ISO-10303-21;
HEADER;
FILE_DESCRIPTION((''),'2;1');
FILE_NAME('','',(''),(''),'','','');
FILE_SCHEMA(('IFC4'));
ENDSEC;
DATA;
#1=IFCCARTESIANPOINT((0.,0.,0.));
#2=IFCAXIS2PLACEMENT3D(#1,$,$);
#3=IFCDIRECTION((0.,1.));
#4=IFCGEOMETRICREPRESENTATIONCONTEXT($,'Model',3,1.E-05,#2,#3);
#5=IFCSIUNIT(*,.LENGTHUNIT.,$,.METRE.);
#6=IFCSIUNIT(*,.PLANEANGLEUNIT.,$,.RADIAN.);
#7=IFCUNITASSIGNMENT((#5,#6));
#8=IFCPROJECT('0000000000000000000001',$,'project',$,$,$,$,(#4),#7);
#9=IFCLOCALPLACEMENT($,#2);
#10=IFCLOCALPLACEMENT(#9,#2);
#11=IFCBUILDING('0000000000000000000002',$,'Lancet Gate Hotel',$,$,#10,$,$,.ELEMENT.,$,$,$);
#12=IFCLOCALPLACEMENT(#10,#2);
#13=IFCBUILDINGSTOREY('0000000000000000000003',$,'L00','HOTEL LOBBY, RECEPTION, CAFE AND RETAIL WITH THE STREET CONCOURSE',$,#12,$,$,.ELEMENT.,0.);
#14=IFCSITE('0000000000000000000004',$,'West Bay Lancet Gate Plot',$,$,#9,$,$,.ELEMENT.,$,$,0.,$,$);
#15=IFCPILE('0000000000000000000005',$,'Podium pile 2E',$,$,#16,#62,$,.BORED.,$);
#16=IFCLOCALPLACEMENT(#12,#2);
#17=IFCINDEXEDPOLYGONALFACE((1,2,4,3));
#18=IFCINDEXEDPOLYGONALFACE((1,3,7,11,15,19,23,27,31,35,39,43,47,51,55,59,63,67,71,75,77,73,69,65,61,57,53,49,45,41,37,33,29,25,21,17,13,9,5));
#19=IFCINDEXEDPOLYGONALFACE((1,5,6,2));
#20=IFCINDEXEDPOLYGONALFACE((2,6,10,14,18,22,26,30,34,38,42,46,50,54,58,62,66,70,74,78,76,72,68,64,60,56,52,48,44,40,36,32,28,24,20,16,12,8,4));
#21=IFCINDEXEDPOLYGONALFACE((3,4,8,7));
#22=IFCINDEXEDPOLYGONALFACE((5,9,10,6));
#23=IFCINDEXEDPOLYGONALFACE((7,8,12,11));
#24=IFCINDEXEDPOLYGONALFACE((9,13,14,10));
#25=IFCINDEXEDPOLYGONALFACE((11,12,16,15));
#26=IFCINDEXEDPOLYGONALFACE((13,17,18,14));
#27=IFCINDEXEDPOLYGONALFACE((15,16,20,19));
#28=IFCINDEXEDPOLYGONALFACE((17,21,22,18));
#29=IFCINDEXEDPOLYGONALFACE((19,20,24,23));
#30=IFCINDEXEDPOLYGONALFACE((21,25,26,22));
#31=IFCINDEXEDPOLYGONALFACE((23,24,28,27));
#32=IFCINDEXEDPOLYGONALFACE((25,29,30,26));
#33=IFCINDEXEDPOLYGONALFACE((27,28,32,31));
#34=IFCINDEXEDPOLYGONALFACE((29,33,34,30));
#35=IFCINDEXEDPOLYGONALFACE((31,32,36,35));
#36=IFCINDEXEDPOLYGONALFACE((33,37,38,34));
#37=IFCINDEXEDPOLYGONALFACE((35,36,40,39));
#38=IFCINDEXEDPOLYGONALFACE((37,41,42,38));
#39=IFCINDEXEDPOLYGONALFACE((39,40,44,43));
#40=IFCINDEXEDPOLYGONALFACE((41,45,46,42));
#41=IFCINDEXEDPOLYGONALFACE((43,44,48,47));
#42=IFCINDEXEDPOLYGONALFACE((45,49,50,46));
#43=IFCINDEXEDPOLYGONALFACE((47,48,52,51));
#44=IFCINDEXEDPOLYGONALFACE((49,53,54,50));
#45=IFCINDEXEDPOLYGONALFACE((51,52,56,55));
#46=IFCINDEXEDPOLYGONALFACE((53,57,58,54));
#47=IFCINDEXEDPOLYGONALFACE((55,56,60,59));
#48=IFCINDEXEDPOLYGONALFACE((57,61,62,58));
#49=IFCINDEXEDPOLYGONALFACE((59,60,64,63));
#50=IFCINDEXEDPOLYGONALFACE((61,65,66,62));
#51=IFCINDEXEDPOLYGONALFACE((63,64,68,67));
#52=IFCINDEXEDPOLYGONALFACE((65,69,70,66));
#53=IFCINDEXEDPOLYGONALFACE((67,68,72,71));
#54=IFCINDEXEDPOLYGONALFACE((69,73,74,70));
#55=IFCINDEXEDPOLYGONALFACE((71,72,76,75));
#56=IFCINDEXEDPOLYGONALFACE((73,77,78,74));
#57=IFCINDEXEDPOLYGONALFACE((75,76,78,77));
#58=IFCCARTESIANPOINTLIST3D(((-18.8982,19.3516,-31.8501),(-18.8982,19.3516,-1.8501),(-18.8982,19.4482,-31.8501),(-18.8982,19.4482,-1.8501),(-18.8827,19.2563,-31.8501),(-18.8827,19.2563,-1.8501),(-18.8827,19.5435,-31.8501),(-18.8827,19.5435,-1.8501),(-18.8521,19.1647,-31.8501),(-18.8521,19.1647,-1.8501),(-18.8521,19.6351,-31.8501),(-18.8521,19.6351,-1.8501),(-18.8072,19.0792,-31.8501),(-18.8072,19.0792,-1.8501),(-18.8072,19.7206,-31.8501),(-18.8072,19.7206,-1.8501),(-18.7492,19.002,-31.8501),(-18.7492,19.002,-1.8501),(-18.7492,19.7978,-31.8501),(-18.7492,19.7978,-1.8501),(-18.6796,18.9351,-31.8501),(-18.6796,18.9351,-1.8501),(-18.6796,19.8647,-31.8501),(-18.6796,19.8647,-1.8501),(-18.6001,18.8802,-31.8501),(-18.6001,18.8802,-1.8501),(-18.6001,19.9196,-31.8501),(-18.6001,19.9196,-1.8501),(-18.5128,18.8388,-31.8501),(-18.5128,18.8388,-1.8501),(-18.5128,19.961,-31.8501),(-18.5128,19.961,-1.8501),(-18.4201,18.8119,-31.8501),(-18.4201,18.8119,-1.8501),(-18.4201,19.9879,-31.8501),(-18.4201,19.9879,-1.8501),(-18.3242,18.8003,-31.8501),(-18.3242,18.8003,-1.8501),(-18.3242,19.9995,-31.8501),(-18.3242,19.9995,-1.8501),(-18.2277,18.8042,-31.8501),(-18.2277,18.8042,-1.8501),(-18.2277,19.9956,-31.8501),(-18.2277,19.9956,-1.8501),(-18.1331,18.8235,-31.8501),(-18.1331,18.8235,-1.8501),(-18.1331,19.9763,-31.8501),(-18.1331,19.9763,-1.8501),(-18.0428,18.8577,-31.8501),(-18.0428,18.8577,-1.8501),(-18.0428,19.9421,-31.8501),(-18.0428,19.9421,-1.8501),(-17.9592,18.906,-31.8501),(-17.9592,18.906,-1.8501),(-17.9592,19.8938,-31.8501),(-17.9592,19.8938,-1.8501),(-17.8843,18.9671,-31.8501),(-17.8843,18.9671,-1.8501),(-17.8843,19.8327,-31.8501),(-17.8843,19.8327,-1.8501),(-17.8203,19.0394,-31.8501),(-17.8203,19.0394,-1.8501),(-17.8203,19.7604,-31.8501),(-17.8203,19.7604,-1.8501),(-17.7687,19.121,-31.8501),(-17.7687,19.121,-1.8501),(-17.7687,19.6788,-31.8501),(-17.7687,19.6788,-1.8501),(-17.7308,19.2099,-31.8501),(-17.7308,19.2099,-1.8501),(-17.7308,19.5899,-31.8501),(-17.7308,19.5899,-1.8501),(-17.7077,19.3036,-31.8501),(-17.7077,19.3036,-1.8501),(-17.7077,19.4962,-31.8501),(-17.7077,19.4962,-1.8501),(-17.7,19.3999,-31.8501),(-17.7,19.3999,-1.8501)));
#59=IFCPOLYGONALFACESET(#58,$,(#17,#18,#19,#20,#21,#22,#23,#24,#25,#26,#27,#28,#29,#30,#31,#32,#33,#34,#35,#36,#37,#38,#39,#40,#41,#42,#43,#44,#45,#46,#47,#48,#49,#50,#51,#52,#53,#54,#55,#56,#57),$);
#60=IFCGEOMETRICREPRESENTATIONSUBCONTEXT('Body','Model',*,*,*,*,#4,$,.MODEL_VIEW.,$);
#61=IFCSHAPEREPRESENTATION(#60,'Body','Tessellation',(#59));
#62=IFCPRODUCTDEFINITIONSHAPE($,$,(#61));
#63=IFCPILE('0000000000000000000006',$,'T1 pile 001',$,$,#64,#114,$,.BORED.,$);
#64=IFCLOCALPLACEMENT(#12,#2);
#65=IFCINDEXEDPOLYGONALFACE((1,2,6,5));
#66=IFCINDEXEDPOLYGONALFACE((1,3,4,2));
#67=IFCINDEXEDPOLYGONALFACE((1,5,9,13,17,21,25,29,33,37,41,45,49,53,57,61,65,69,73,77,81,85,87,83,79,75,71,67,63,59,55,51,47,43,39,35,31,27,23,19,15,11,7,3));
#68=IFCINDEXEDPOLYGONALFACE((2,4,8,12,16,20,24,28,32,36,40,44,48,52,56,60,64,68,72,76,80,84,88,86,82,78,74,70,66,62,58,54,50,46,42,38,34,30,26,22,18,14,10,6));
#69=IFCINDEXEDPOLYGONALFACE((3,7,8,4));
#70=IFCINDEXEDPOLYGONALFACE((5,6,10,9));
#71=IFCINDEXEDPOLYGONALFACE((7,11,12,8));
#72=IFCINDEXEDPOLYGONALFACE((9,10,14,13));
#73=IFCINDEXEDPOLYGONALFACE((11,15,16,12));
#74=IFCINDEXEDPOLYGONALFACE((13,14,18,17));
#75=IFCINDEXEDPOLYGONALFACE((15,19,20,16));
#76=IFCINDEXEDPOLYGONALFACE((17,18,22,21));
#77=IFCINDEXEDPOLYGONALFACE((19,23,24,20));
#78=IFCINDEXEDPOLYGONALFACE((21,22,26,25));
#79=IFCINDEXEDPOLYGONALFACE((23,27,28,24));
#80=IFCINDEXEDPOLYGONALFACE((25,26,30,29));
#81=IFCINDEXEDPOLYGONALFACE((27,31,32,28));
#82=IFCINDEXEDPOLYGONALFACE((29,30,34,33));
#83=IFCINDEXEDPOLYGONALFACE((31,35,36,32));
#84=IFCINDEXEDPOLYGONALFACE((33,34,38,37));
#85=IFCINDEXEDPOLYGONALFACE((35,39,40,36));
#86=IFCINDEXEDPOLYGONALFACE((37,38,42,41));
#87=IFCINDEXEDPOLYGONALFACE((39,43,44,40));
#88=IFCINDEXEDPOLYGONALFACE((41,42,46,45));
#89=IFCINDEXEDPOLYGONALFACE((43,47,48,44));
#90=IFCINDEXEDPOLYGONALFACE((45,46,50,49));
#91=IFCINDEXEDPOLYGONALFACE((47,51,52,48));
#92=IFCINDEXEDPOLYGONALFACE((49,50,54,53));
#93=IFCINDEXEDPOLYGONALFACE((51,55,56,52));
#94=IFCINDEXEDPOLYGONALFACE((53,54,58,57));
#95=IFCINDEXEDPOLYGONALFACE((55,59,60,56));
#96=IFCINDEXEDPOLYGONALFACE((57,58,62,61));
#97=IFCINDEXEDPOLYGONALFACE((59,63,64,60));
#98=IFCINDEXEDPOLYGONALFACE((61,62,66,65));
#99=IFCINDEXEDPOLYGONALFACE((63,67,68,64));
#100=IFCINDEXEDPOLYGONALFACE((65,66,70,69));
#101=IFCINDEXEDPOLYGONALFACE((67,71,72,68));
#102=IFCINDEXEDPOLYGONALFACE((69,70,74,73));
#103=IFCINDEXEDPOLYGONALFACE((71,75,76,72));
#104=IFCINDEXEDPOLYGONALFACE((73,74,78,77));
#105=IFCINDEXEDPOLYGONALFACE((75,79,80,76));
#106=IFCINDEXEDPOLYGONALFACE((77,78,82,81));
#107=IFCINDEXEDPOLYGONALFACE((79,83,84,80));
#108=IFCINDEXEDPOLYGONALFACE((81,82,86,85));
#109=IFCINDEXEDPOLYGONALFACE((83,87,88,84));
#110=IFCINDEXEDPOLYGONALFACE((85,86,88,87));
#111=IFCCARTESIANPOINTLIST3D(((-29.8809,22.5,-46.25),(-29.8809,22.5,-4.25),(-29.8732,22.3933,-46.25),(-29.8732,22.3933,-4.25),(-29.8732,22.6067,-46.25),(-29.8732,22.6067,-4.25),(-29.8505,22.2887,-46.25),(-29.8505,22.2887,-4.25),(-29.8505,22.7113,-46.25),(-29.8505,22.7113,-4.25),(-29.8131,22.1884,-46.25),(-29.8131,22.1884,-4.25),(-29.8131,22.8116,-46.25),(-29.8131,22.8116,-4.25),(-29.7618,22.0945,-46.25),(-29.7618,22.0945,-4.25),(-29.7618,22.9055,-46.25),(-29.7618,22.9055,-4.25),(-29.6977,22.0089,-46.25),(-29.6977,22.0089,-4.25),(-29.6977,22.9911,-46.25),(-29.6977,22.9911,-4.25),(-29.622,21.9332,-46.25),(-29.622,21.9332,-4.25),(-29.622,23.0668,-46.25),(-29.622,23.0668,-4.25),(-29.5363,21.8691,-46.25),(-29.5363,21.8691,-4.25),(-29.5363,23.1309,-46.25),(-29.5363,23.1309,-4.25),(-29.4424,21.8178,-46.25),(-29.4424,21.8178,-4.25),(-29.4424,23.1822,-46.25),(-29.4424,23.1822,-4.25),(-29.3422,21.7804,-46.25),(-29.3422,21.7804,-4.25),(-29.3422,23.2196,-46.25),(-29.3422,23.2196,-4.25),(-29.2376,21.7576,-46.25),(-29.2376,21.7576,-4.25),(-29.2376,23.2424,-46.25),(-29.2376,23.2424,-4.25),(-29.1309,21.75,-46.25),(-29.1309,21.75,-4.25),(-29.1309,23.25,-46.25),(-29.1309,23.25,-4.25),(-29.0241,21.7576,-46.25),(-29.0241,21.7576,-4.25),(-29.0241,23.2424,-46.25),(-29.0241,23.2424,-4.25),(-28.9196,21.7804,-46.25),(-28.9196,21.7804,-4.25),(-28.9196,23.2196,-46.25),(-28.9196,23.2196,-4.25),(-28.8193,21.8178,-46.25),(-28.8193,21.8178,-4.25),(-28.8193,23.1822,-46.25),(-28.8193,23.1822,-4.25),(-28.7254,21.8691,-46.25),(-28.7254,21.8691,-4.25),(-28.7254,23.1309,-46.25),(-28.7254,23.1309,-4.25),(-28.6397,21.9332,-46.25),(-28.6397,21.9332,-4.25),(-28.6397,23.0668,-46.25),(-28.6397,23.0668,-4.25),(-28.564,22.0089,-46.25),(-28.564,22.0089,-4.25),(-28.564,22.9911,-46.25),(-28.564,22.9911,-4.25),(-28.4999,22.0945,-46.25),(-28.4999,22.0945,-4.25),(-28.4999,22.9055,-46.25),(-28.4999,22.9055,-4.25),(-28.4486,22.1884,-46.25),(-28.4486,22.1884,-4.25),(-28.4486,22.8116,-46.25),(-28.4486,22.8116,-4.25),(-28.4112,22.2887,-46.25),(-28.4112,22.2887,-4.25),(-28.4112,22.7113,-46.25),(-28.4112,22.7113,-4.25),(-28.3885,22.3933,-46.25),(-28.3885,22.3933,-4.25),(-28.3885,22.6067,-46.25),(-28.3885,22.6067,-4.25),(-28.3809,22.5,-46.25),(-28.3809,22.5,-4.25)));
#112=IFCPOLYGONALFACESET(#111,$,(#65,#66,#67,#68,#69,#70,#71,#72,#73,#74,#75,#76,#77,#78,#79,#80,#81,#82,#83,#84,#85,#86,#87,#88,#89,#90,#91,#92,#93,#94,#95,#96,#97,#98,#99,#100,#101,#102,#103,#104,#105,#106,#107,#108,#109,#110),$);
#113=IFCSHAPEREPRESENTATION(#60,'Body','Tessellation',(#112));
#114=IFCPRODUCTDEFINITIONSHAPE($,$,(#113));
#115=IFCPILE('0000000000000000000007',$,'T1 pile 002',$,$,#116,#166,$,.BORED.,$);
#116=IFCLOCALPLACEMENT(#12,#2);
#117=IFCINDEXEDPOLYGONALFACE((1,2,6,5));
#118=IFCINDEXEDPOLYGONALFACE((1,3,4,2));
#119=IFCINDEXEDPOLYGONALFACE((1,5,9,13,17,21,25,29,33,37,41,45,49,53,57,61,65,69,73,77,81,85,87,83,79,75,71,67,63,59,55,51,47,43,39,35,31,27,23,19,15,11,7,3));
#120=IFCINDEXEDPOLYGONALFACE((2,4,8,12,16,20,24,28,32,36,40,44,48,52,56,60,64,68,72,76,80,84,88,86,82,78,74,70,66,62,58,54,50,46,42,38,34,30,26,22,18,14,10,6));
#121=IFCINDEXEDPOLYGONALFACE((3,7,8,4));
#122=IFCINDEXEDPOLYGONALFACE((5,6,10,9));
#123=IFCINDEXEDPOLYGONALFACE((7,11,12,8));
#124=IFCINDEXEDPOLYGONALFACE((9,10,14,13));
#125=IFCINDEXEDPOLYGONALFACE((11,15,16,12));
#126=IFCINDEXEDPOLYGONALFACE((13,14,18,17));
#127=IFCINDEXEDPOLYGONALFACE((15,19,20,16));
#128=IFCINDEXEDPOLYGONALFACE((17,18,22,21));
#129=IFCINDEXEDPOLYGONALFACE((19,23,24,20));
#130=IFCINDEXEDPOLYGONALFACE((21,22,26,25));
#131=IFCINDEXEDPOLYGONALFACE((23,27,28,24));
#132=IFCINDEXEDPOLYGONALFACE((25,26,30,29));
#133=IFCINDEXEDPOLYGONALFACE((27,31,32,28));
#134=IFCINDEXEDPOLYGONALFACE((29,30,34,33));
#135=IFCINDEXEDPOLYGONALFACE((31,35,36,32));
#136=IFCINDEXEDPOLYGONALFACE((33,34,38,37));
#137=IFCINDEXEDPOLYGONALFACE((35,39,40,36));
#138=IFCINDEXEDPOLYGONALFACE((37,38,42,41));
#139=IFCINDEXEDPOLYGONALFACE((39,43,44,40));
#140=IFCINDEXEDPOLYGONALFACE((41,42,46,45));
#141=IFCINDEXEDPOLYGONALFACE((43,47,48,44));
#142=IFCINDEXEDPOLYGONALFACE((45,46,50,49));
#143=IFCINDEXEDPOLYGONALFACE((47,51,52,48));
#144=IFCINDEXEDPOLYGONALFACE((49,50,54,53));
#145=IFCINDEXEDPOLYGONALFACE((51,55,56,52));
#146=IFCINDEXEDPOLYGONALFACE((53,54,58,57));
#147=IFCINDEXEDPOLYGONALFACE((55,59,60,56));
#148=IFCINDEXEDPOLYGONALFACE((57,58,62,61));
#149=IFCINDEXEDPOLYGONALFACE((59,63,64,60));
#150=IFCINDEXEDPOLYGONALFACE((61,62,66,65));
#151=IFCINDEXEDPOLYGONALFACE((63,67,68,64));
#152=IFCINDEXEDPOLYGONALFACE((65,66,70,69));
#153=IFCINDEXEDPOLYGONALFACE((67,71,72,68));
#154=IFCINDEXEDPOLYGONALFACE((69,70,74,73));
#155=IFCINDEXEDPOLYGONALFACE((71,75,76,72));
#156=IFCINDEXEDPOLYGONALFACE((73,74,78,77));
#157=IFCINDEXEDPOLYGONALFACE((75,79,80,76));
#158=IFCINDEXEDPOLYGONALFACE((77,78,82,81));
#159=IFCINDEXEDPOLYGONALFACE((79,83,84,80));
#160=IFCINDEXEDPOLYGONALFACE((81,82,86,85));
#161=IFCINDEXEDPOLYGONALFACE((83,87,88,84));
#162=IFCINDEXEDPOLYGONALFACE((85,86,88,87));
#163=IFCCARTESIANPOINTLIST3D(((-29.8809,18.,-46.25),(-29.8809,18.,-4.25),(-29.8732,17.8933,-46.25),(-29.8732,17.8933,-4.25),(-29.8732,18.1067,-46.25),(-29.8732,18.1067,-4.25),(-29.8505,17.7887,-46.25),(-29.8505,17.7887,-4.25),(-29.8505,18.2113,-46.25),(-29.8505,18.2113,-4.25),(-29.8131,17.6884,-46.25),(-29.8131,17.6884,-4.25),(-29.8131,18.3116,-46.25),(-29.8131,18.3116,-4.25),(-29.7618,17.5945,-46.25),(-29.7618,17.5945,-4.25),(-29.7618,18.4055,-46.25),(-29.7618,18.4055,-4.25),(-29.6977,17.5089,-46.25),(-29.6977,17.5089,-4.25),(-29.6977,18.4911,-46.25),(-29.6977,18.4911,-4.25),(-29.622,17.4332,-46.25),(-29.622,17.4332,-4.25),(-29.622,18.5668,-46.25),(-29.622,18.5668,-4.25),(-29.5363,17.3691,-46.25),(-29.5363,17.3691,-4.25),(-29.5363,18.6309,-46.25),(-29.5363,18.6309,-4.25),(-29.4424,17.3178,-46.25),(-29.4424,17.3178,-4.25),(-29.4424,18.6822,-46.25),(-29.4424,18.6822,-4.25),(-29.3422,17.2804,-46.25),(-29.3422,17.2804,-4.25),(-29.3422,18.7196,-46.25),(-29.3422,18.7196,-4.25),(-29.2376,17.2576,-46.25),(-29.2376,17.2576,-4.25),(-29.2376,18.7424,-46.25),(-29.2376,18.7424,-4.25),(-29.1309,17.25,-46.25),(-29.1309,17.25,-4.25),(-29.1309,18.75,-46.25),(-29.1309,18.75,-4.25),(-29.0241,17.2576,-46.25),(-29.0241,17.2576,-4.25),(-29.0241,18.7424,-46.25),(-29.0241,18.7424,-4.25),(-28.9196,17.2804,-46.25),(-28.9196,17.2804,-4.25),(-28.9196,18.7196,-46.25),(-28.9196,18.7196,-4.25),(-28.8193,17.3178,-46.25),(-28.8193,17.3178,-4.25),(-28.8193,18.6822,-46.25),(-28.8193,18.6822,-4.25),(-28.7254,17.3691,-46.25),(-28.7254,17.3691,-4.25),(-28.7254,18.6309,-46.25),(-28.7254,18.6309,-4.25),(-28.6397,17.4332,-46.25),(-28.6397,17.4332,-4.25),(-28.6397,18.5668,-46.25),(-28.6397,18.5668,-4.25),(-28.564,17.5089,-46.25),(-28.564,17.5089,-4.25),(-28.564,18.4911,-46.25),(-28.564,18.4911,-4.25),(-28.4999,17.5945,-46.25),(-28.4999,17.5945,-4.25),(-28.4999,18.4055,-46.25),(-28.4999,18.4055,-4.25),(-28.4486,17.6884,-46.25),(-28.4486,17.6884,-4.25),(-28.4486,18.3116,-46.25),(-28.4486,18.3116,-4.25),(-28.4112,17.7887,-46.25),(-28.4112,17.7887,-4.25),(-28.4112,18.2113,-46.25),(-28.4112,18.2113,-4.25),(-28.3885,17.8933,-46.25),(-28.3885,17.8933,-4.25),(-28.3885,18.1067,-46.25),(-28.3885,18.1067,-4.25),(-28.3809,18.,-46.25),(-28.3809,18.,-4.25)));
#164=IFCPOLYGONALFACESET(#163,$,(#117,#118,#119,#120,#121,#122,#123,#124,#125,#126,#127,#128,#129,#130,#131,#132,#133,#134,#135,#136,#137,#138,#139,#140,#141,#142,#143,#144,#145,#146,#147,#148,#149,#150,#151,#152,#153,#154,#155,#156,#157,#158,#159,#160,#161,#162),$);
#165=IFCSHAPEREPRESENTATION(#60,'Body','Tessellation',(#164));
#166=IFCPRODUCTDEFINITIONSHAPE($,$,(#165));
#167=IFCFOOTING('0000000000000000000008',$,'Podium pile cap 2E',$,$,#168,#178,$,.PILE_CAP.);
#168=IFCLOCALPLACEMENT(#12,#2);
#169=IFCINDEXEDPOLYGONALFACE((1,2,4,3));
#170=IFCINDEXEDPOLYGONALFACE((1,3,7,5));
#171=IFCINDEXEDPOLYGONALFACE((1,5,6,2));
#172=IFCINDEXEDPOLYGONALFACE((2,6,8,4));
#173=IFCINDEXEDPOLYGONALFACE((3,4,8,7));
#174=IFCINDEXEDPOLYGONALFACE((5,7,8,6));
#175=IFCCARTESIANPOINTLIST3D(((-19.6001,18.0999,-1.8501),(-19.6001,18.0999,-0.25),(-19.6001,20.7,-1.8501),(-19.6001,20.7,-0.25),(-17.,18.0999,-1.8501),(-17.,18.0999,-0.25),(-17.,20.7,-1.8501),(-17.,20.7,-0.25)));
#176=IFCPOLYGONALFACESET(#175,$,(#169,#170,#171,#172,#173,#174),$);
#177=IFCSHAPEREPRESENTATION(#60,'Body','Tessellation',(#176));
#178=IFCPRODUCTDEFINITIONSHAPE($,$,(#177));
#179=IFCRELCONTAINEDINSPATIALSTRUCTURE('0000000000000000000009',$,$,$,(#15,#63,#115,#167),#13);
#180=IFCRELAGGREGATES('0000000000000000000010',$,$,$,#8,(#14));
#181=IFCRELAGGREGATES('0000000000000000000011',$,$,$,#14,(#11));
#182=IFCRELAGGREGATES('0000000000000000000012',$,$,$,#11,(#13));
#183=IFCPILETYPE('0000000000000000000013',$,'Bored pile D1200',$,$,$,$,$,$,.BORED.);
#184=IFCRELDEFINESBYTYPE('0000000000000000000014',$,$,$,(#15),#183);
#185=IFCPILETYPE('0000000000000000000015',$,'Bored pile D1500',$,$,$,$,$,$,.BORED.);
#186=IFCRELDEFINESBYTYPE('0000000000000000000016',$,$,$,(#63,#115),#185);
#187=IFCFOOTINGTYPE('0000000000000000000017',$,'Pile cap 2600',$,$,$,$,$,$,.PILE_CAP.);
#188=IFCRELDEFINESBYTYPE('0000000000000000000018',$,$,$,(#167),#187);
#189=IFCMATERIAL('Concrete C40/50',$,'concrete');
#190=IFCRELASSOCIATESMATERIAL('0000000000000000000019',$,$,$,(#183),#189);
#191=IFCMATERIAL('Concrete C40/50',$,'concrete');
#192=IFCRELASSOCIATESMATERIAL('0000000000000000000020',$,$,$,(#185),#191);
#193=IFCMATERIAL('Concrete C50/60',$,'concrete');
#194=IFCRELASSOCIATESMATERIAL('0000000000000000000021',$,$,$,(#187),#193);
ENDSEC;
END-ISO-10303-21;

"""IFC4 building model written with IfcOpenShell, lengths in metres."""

from ifc_helpers import new_model, si_unit, direction, frame, origin, origin_2d, place, context, subcontext, project, spatial, rectangle, circle, extrude, material, material_profile, profile_set, type_object, element, save


model = new_model("IFC4")

# Units and contexts
model_context = context("Model", 3, precision=1e-05, world=origin(), true_north=direction((0.0, 1.0)))
body_context = subcontext(model_context, "Body", "Model", "MODEL_VIEW")
ifc_project = project(units=[si_unit("LENGTHUNIT", "METRE"), si_unit("PLANEANGLEUNIT", "RADIAN")], contexts=[model_context])

# Site, building, storey
site_placement = place(None, origin())
site = spatial("IfcSite", under=ifc_project, at=site_placement, Name="West Bay Lancet Gate Plot", CompositionType="ELEMENT", RefElevation=0.0)
building_placement = place(site_placement, origin())
building = spatial("IfcBuilding", under=site, at=building_placement, Name="Lancet Gate Hotel", CompositionType="ELEMENT")
storey_placement = place(building_placement, origin())
storey = spatial("IfcBuildingStorey", under=building, at=storey_placement, Name="L00", Description="HOTEL LOBBY, RECEPTION, CAFE AND RETAIL WITH THE STREET CONCOURSE", CompositionType="ELEMENT", Elevation=0.0)

# Piles
ifc_material_1 = material(Name="Concrete C40/50", Category="concrete")
ifc_material_profile_1 = material_profile(ifc_material_1, circle(Radius=0.6001, at=origin_2d()), Name="PILE D1200")
ifc_profile_set_1 = profile_set([ifc_material_profile_1], Name="Concrete C40/50")
pile_type_1 = type_object("IfcPileType", Name="Bored pile D1200", PredefinedType="BORED", material=ifc_profile_set_1)
pile_placement = place(storey_placement, frame((-18.3, 19.3999, -1.8501), z_axis=(0.0, 0.0, -1.0), x_axis=(1.0, 0.0, 0.0)))
element("IfcPile", 1, at=pile_placement, inside=storey, type_object=pile_type_1, Name="Podium pile 2E", PredefinedType="BORED", context=body_context, shape_type="SweptSolid", body=[
    extrude(circle(Radius=0.6001, at=origin_2d()), origin(), (0.0, 0.0, 1.0), 30.0),
])
ifc_material_2 = material(Name="Concrete C40/50", Category="concrete")
ifc_material_profile_2 = material_profile(ifc_material_2, circle(Radius=0.75, at=origin_2d()), Name="PILE D1500")
ifc_profile_set_2 = profile_set([ifc_material_profile_2], Name="Concrete C40/50")
pile_type_2 = type_object("IfcPileType", Name="Bored pile D1500", PredefinedType="BORED", material=ifc_profile_set_2)
for number, where, z_axis, x_axis, name in (
    (2, (-29.1309, 22.5, -4.25), (0.0, 0.0, -1.0), (1.0, 0.0, 0.0), "T1 pile 001"),
    (3, (-29.1309, 18.0, -4.25), (0.0, 0.0, -1.0), (1.0, 0.0, 0.0), "T1 pile 002"),
):
    element("IfcPile", number, at=place(storey_placement, frame(where, z_axis=z_axis, x_axis=x_axis)), inside=storey, type_object=pile_type_2, Name=name, PredefinedType="BORED", context=body_context, shape_type="SweptSolid", body=[
        extrude(circle(Radius=0.75, at=origin_2d()), origin(), (0.0, 0.0, 1.0), 42.0),
    ])

# Footing
ifc_material_3 = material(Name="Concrete C50/60", Category="concrete")
footing_type = type_object("IfcFootingType", Name="Pile cap 2600", PredefinedType="PILE_CAP", material=ifc_material_3)
footing_placement = place(storey_placement, frame((-18.3, 19.3999, -1.8501), z_axis=(0.0, 0.0, 1.0), x_axis=(1.0, 0.0, 0.0)))
element("IfcFooting", 4, at=footing_placement, inside=storey, type_object=footing_type, Name="Podium pile cap 2E", PredefinedType="PILE_CAP", context=body_context, shape_type="SweptSolid", body=[
    extrude(rectangle(XDim=2.6001, YDim=2.6001, at=origin_2d()), origin(), (0.0, 0.0, 1.0), 1.6001),
])

save(model, "model.ifc")
